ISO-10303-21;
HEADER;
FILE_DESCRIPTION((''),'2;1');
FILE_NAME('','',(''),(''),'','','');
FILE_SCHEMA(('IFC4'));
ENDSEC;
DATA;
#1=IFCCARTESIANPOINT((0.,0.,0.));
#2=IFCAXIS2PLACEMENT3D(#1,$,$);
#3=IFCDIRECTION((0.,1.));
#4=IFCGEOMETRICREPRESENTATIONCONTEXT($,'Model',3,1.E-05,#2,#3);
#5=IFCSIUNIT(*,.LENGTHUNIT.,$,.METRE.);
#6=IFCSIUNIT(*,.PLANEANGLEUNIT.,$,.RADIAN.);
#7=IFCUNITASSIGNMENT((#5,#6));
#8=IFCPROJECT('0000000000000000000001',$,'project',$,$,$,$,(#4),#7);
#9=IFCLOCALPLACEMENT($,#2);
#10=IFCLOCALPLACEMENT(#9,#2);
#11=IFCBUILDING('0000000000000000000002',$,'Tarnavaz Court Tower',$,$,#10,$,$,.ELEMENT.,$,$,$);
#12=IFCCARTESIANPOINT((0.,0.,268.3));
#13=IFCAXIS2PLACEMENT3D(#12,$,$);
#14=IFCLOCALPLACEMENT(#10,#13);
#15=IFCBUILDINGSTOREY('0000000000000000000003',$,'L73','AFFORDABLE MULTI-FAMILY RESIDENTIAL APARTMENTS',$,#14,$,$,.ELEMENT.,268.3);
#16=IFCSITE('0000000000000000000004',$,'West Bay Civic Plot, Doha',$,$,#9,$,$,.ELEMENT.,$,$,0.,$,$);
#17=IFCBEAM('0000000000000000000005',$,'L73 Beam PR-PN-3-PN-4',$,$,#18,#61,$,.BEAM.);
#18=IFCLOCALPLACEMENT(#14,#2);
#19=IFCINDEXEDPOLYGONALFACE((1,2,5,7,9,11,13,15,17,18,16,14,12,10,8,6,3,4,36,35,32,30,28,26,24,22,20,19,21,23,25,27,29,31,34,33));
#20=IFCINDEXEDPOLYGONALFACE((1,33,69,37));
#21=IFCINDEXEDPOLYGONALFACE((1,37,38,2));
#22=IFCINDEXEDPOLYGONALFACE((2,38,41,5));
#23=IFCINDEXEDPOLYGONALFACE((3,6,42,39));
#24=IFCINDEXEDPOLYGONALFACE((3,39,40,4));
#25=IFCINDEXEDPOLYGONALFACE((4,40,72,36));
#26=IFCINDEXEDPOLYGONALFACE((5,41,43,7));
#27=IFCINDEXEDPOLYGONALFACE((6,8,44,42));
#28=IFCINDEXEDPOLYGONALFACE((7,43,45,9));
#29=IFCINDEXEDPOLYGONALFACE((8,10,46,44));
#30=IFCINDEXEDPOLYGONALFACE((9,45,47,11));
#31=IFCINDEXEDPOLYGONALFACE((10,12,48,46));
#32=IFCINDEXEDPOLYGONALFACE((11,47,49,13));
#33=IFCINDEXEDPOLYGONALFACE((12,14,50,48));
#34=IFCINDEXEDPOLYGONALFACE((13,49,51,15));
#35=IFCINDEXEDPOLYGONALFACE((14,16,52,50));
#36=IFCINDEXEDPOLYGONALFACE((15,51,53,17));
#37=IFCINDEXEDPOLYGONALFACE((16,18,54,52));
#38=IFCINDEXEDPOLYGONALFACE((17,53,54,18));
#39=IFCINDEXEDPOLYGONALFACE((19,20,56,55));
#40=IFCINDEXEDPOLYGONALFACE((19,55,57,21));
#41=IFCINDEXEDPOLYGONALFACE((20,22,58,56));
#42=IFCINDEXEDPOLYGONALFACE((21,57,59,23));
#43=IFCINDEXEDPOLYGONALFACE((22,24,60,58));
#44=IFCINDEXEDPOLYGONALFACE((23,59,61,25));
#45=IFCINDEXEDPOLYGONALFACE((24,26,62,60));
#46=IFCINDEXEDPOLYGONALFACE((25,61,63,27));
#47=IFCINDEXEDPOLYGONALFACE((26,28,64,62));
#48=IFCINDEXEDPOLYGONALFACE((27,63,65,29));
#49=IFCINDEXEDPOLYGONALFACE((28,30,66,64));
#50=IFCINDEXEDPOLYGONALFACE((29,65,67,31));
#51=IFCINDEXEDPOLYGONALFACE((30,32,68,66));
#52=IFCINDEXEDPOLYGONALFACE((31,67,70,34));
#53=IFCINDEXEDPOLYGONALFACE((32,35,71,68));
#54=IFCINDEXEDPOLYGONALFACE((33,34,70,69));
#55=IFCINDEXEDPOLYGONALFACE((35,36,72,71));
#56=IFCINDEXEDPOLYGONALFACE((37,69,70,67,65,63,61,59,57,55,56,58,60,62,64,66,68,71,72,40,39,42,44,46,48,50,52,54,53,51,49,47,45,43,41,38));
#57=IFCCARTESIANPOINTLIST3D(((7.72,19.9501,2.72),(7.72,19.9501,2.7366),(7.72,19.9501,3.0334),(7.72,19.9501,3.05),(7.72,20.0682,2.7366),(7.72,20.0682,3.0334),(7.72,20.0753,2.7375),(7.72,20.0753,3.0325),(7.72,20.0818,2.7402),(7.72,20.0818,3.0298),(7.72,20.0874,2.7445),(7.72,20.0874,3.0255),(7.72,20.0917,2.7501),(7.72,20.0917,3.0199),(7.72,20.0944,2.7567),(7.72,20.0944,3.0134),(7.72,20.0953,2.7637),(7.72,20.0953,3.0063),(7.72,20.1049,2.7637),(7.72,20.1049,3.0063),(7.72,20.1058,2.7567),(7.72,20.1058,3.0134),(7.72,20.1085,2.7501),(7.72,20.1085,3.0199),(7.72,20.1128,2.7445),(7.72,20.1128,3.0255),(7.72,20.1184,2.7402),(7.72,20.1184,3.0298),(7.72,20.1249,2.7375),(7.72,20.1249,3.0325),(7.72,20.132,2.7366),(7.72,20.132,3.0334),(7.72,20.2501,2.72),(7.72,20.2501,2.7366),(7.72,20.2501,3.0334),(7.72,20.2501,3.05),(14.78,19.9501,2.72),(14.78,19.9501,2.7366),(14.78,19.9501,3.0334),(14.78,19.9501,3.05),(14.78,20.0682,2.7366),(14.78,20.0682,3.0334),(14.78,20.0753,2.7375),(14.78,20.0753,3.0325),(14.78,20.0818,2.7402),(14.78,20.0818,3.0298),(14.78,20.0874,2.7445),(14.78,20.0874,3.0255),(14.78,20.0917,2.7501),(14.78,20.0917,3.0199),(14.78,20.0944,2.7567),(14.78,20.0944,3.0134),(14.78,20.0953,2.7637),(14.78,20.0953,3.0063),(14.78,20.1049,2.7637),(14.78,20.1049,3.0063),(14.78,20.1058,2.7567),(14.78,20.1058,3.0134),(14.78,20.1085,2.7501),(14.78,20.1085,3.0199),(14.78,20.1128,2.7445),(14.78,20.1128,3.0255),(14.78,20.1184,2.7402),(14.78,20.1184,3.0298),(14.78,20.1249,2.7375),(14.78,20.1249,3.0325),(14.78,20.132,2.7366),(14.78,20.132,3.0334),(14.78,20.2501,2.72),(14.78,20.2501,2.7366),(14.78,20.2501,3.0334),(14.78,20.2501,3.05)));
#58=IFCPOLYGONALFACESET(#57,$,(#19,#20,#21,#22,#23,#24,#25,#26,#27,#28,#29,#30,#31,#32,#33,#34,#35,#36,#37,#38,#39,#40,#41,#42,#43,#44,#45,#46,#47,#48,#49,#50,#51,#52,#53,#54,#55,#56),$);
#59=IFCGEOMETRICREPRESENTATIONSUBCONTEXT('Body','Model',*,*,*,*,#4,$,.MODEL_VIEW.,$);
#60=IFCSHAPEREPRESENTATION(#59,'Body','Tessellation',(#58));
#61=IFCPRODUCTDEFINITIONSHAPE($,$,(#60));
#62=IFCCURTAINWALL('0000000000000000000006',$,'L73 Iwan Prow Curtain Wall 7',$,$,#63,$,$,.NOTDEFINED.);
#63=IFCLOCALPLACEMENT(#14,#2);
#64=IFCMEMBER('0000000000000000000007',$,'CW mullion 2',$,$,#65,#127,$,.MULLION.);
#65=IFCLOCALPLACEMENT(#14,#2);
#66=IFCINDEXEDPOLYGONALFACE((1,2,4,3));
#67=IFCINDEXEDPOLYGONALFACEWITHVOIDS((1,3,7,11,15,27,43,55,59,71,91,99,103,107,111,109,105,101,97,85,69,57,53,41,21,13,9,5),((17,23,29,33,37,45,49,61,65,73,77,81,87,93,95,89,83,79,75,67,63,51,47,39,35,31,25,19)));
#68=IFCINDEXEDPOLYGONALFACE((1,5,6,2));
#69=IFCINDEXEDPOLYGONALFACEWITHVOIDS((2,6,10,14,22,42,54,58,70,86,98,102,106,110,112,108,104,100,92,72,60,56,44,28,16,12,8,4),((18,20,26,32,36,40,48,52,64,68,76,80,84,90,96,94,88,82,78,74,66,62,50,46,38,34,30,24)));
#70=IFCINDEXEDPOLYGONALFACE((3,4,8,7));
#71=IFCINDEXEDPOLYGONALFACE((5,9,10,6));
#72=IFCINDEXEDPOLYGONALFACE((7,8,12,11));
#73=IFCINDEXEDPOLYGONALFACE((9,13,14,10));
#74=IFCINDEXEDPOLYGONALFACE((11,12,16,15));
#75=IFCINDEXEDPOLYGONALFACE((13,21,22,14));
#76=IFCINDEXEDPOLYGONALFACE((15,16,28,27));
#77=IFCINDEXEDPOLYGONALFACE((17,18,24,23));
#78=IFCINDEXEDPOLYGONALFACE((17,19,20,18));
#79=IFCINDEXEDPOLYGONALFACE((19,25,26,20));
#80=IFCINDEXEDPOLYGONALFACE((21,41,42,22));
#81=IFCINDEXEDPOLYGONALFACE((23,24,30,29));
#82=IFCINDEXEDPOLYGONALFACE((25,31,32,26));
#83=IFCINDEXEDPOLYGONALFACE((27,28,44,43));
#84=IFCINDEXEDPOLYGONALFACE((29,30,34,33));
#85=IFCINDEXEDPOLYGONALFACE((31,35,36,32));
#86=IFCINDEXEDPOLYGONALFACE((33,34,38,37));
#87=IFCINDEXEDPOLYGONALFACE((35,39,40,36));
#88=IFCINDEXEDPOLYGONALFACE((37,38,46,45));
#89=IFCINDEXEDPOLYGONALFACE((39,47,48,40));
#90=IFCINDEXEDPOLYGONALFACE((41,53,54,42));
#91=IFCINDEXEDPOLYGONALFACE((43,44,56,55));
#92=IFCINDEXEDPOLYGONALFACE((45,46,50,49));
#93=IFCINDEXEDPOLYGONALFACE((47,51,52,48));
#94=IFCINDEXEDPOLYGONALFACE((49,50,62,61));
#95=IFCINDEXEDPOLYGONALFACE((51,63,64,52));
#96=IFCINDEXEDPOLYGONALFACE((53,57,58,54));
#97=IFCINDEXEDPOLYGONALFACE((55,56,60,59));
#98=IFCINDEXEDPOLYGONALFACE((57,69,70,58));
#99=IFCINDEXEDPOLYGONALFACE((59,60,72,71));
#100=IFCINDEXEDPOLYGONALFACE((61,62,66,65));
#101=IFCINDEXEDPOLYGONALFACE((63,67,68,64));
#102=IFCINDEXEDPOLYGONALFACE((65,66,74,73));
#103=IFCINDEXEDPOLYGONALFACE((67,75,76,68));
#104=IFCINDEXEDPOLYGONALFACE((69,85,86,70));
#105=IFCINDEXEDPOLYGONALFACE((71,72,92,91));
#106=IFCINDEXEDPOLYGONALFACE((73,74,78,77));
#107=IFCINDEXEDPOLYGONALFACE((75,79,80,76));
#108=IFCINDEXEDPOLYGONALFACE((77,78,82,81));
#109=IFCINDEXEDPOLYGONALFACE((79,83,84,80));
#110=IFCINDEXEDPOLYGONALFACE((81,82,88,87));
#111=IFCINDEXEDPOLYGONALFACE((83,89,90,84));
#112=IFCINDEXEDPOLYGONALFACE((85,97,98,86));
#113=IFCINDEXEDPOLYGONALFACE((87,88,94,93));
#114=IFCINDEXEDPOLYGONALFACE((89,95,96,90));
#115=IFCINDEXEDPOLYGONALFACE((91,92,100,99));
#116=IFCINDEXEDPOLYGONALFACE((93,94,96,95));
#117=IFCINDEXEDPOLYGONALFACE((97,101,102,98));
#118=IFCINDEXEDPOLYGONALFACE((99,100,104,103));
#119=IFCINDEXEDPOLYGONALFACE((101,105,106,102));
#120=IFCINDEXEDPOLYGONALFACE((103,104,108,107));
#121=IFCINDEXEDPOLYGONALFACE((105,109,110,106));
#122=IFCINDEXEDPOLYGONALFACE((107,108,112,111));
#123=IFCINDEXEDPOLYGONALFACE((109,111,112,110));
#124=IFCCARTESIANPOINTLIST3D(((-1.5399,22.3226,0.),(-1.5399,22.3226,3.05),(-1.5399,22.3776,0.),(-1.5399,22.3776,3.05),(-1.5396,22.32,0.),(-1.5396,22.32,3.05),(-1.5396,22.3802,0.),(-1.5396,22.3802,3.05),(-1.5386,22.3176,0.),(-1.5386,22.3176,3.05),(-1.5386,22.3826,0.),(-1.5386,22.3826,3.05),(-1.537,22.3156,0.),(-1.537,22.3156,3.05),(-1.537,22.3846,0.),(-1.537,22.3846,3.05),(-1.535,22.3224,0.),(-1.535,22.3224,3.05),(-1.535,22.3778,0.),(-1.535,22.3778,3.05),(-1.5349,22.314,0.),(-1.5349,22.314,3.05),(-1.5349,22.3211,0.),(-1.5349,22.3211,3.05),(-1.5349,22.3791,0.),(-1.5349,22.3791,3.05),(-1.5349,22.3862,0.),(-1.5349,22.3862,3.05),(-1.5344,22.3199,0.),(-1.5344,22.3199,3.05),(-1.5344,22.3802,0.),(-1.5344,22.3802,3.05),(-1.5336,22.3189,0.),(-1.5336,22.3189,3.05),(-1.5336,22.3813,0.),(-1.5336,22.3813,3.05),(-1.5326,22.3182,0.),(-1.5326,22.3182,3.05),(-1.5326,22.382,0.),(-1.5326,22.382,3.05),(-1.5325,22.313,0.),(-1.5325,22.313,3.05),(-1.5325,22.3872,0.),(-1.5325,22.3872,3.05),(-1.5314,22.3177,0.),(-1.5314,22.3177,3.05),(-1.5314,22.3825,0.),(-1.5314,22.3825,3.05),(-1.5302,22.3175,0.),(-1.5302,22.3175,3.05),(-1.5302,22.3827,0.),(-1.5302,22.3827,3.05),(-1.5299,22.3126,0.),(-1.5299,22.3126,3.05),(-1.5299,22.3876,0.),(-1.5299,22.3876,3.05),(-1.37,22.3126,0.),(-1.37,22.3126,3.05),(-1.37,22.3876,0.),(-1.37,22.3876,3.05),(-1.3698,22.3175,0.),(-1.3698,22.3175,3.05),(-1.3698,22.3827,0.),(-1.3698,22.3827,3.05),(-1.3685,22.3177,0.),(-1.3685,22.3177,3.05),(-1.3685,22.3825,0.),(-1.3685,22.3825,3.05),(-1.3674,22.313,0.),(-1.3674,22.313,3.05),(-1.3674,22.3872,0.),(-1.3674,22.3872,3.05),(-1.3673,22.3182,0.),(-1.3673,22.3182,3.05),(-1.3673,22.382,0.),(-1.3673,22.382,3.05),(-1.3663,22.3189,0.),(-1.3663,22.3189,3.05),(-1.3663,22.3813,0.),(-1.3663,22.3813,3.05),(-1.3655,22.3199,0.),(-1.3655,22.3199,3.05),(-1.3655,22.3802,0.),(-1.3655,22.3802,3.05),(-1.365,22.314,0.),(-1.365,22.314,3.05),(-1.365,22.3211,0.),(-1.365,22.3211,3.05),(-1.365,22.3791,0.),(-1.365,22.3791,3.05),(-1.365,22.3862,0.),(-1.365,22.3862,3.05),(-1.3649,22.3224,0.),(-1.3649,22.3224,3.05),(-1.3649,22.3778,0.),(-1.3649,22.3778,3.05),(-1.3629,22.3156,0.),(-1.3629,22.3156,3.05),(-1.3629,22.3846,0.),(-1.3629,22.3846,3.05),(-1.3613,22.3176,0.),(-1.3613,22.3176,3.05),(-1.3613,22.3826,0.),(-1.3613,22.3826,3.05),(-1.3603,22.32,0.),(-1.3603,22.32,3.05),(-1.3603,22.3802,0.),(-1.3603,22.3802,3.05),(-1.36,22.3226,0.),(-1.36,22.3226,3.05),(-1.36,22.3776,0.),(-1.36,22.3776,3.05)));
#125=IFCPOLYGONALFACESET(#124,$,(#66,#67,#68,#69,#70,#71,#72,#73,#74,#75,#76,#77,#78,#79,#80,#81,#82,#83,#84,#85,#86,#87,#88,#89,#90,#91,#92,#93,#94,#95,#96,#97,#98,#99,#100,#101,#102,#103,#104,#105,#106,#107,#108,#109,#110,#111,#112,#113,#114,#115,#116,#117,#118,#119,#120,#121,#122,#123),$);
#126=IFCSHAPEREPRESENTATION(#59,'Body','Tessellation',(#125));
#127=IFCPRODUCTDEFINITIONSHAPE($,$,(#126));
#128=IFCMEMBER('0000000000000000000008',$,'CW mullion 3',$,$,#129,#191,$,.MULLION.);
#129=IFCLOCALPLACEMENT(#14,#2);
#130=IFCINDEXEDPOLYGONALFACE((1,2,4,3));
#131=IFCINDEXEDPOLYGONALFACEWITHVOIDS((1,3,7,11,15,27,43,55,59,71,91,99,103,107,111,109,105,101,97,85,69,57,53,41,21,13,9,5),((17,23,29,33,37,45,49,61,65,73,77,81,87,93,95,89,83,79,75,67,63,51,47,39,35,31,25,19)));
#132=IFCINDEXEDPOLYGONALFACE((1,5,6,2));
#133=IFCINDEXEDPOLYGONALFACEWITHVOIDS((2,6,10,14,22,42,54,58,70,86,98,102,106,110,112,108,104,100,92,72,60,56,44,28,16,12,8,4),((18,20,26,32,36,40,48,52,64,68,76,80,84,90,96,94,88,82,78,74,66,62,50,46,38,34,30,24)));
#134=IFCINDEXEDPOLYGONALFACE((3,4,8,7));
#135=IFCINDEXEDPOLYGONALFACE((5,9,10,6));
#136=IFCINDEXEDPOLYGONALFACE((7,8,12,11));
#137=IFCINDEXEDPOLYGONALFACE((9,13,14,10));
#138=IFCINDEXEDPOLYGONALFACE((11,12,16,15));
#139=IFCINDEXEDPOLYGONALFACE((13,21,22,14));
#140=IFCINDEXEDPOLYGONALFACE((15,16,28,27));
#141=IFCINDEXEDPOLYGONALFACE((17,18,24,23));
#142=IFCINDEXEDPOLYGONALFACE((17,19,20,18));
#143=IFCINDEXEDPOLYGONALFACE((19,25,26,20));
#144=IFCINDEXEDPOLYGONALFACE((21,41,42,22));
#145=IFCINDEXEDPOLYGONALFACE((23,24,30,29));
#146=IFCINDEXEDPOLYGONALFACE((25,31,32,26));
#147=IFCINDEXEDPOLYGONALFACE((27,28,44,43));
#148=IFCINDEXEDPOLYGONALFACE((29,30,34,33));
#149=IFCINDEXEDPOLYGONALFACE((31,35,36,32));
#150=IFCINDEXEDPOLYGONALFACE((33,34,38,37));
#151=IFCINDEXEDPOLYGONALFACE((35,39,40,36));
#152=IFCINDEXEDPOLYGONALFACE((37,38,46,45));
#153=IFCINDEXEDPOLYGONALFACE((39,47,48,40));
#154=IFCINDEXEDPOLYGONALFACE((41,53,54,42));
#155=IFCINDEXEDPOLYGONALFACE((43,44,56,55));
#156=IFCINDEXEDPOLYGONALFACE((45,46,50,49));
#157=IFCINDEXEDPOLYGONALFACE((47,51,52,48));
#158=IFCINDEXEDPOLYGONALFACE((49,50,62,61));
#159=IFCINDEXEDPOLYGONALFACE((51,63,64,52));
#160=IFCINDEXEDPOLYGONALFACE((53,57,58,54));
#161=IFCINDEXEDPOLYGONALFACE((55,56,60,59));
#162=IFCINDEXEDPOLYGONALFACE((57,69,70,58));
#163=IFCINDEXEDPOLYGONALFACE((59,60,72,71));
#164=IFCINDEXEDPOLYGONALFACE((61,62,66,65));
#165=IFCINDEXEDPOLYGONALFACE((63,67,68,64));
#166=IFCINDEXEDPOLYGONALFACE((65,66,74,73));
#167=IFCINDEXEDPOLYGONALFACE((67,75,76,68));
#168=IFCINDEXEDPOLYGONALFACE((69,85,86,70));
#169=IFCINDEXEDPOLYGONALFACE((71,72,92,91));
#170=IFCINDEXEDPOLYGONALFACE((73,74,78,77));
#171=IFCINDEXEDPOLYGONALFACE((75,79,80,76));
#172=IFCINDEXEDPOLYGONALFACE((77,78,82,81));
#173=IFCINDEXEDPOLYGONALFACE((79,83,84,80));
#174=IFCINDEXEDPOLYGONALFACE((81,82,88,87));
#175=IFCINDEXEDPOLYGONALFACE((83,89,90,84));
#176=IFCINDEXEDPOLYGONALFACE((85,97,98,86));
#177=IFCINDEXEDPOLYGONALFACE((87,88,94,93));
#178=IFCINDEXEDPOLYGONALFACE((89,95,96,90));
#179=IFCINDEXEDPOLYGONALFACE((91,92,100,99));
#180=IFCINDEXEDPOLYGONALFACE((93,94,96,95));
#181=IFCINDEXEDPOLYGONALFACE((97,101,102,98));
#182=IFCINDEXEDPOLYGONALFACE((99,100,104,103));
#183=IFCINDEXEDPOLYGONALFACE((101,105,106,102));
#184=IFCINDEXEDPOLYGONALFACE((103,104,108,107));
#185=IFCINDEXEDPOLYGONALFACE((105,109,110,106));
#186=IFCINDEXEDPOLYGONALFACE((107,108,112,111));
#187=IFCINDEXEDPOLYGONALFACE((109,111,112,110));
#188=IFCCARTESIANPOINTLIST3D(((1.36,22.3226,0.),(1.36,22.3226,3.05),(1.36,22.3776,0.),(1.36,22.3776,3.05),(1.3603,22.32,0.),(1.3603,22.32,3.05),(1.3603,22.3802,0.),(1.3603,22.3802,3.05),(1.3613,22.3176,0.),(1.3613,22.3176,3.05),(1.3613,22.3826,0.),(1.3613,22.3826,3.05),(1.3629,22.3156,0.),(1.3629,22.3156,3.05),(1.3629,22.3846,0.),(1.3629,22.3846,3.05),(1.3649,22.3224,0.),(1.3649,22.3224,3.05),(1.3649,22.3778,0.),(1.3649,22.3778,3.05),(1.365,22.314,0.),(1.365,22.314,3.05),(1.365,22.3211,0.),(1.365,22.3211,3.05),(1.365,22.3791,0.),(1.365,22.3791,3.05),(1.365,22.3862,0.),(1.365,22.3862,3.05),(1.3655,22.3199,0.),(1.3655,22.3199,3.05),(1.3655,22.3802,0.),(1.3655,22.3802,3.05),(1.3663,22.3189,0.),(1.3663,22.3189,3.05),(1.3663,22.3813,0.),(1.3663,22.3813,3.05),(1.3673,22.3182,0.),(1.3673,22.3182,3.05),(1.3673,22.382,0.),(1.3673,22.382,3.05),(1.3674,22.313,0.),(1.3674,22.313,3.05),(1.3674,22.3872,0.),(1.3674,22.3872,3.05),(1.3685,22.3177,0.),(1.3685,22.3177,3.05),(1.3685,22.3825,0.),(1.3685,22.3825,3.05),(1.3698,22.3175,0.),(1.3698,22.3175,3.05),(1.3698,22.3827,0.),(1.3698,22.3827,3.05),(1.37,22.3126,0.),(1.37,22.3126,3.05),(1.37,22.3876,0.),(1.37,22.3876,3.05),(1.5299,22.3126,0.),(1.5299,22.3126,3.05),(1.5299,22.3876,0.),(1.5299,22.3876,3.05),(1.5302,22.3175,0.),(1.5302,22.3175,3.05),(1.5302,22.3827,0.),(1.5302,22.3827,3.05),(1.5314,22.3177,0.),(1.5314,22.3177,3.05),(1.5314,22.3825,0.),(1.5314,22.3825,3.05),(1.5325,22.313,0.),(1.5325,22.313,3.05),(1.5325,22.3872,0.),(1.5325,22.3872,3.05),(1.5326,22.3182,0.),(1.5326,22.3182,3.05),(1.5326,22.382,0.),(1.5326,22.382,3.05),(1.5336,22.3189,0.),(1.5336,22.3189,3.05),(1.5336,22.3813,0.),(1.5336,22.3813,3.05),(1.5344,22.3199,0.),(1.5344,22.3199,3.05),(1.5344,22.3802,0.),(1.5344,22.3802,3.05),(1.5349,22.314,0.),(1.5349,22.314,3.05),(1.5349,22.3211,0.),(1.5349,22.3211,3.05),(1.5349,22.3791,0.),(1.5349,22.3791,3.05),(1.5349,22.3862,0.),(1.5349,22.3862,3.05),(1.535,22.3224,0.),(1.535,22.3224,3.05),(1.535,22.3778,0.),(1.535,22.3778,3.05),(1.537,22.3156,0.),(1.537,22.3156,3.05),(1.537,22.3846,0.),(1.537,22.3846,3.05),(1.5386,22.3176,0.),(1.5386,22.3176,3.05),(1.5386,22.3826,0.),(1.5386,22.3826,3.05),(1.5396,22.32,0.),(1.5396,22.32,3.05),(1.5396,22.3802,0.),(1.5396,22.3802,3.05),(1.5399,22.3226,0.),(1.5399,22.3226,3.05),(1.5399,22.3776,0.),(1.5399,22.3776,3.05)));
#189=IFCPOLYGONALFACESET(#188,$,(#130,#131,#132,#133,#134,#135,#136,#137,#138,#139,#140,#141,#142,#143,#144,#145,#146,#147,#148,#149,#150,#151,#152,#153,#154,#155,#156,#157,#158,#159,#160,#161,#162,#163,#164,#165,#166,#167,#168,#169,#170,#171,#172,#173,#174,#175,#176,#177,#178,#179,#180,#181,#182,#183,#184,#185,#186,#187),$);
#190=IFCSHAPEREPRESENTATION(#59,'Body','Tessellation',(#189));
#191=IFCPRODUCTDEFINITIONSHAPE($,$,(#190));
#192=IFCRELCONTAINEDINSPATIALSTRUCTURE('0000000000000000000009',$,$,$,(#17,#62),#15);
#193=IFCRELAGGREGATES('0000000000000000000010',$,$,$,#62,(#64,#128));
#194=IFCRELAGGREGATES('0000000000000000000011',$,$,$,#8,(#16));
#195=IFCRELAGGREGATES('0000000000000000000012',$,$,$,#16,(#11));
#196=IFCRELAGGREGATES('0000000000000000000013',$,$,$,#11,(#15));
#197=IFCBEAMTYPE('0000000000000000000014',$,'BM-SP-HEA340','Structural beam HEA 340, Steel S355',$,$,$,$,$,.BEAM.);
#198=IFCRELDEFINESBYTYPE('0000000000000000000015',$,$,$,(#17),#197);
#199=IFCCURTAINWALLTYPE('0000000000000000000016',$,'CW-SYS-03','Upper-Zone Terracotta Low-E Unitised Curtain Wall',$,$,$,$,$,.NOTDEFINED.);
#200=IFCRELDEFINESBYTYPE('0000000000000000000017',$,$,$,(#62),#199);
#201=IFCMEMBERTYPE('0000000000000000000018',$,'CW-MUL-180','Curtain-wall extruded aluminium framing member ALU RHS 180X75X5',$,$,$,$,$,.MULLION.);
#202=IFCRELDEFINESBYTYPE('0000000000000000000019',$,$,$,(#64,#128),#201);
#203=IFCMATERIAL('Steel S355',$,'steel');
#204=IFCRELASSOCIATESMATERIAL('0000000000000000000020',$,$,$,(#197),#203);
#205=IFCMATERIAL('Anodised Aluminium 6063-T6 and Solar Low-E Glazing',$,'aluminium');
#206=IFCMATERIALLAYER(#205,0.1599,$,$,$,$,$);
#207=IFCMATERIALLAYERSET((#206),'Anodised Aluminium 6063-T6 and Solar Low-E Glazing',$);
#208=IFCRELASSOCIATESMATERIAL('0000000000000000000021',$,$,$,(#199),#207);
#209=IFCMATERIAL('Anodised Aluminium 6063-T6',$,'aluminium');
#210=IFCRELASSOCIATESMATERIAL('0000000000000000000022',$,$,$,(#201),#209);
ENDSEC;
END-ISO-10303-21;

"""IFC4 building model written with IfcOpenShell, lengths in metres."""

from ifc_helpers import new_model, si_unit, direction, frame, origin, origin_2d, place, context, subcontext, project, spatial, hollow_rectangle, i_section, extrude, material, layer, layer_set, material_profile, profile_set, type_object, element, aggregate, save


model = new_model("IFC4")

# Units and contexts
model_context = context("Model", 3, precision=1e-05, world=origin(), true_north=direction((0.0, 1.0)))
body_context = subcontext(model_context, "Body", "Model", "MODEL_VIEW")
ifc_project = project(units=[si_unit("LENGTHUNIT", "METRE"), si_unit("PLANEANGLEUNIT", "RADIAN")], contexts=[model_context])

# Site, building, storey
site_placement = place(None, origin())
site = spatial("IfcSite", under=ifc_project, at=site_placement, Name="West Bay Civic Plot, Doha", CompositionType="ELEMENT", RefElevation=0.0)
building_placement = place(site_placement, origin())
building = spatial("IfcBuilding", under=site, at=building_placement, Name="Tarnavaz Court Tower", CompositionType="ELEMENT")
storey_placement = place(building_placement, frame((0.0, 0.0, 268.3)))
storey = spatial("IfcBuildingStorey", under=building, at=storey_placement, Name="L73", Description="AFFORDABLE MULTI-FAMILY RESIDENTIAL APARTMENTS", CompositionType="ELEMENT", Elevation=268.3)

# Beam
ifc_material_1 = material(Name="Steel S355", Category="steel")
ifc_material_profile_1 = material_profile(ifc_material_1, i_section(OverallWidth=0.3, OverallDepth=0.3301, WebThickness=0.0095, FlangeThickness=0.0166, FilletRadius=0.0271, at=origin_2d()), Name="HEA 340")
ifc_profile_set_1 = profile_set([ifc_material_profile_1], Name="Steel S355")
beam_type_1 = type_object("IfcBeamType", Name="BM-SP-HEA340", Description="Structural beam HEA 340, Steel S355", PredefinedType="BEAM", material=ifc_profile_set_1)
beam_placement = place(storey_placement, frame((7.72, 20.1001, 2.885), z_axis=(1.0, 0.0, 0.0), x_axis=(0.0, 1.0, 0.0)))
element("IfcBeam", 1, at=beam_placement, inside=storey, type_object=beam_type_1, Name="L73 Beam PR-PN-3-PN-4", PredefinedType="BEAM", context=body_context, shape_type="SweptSolid", body=[
    extrude(i_section(OverallWidth=0.3, OverallDepth=0.3301, WebThickness=0.0095, FlangeThickness=0.0166, FilletRadius=0.0271, at=origin_2d()), origin(), (0.0, 0.0, 1.0), 7.0601),
])

# Curtain wall, members
ifc_material_2 = material(Name="Anodised Aluminium 6063-T6 and Solar Low-E Glazing", Category="aluminium")
ifc_layer_1 = layer(ifc_material_2, 0.1599)
ifc_layer_set_1 = layer_set([ifc_layer_1], Name="Anodised Aluminium 6063-T6 and Solar Low-E Glazing")
curtain_wall_type = type_object("IfcCurtainWallType", Name="CW-SYS-03", Description="Upper-Zone Terracotta Low-E Unitised Curtain Wall", PredefinedType="NOTDEFINED", material=ifc_layer_set_1)
curtain_wall_placement = place(storey_placement, origin())
curtain_wall = element("IfcCurtainWall", 2, at=curtain_wall_placement, inside=storey, type_object=curtain_wall_type, Name="L73 Iwan Prow Curtain Wall 7", PredefinedType="NOTDEFINED")
ifc_material_3 = material(Name="Anodised Aluminium 6063-T6", Category="aluminium")
ifc_material_profile_2 = material_profile(ifc_material_3, hollow_rectangle(XDim=0.075, YDim=0.1799, WallThickness=0.0049, InnerFilletRadius=0.0049, OuterFilletRadius=0.01, at=origin_2d()), Name="ALU RHS 180X75X5")
ifc_profile_set_2 = profile_set([ifc_material_profile_2], Name="Anodised Aluminium 6063-T6")
member_type_1 = type_object("IfcMemberType", Name="CW-MUL-180", Description="Curtain-wall extruded aluminium framing member ALU RHS 180X75X5", PredefinedType="MULLION", material=ifc_profile_set_2)
member_1_placement = place(storey_placement, frame((-1.45, 22.3501, 0.0), z_axis=(0.0, 0.0, 1.0), x_axis=(0.0, 1.0, 0.0)))
member_1 = element("IfcMember", 3, at=member_1_placement, type_object=member_type_1, Name="CW mullion 2", PredefinedType="MULLION", context=body_context, shape_type="SweptSolid", body=[
    extrude(hollow_rectangle(XDim=0.075, YDim=0.1799, WallThickness=0.0049, InnerFilletRadius=0.0049, OuterFilletRadius=0.01, at=origin_2d()), origin(), (0.0, 0.0, 1.0), 3.05),
])
member_2_placement = place(storey_placement, frame((1.45, 22.3501, 0.0), z_axis=(0.0, 0.0, 1.0), x_axis=(0.0, 1.0, 0.0)))
member_2 = element("IfcMember", 4, at=member_2_placement, type_object=member_type_1, Name="CW mullion 3", PredefinedType="MULLION", context=body_context, shape_type="SweptSolid", body=[
    extrude(hollow_rectangle(XDim=0.075, YDim=0.1799, WallThickness=0.0049, InnerFilletRadius=0.0049, OuterFilletRadius=0.01, at=origin_2d()), origin(), (0.0, 0.0, 1.0), 3.05),
])
aggregate(curtain_wall, [member_1, member_2])

save(model, "model.ifc")
